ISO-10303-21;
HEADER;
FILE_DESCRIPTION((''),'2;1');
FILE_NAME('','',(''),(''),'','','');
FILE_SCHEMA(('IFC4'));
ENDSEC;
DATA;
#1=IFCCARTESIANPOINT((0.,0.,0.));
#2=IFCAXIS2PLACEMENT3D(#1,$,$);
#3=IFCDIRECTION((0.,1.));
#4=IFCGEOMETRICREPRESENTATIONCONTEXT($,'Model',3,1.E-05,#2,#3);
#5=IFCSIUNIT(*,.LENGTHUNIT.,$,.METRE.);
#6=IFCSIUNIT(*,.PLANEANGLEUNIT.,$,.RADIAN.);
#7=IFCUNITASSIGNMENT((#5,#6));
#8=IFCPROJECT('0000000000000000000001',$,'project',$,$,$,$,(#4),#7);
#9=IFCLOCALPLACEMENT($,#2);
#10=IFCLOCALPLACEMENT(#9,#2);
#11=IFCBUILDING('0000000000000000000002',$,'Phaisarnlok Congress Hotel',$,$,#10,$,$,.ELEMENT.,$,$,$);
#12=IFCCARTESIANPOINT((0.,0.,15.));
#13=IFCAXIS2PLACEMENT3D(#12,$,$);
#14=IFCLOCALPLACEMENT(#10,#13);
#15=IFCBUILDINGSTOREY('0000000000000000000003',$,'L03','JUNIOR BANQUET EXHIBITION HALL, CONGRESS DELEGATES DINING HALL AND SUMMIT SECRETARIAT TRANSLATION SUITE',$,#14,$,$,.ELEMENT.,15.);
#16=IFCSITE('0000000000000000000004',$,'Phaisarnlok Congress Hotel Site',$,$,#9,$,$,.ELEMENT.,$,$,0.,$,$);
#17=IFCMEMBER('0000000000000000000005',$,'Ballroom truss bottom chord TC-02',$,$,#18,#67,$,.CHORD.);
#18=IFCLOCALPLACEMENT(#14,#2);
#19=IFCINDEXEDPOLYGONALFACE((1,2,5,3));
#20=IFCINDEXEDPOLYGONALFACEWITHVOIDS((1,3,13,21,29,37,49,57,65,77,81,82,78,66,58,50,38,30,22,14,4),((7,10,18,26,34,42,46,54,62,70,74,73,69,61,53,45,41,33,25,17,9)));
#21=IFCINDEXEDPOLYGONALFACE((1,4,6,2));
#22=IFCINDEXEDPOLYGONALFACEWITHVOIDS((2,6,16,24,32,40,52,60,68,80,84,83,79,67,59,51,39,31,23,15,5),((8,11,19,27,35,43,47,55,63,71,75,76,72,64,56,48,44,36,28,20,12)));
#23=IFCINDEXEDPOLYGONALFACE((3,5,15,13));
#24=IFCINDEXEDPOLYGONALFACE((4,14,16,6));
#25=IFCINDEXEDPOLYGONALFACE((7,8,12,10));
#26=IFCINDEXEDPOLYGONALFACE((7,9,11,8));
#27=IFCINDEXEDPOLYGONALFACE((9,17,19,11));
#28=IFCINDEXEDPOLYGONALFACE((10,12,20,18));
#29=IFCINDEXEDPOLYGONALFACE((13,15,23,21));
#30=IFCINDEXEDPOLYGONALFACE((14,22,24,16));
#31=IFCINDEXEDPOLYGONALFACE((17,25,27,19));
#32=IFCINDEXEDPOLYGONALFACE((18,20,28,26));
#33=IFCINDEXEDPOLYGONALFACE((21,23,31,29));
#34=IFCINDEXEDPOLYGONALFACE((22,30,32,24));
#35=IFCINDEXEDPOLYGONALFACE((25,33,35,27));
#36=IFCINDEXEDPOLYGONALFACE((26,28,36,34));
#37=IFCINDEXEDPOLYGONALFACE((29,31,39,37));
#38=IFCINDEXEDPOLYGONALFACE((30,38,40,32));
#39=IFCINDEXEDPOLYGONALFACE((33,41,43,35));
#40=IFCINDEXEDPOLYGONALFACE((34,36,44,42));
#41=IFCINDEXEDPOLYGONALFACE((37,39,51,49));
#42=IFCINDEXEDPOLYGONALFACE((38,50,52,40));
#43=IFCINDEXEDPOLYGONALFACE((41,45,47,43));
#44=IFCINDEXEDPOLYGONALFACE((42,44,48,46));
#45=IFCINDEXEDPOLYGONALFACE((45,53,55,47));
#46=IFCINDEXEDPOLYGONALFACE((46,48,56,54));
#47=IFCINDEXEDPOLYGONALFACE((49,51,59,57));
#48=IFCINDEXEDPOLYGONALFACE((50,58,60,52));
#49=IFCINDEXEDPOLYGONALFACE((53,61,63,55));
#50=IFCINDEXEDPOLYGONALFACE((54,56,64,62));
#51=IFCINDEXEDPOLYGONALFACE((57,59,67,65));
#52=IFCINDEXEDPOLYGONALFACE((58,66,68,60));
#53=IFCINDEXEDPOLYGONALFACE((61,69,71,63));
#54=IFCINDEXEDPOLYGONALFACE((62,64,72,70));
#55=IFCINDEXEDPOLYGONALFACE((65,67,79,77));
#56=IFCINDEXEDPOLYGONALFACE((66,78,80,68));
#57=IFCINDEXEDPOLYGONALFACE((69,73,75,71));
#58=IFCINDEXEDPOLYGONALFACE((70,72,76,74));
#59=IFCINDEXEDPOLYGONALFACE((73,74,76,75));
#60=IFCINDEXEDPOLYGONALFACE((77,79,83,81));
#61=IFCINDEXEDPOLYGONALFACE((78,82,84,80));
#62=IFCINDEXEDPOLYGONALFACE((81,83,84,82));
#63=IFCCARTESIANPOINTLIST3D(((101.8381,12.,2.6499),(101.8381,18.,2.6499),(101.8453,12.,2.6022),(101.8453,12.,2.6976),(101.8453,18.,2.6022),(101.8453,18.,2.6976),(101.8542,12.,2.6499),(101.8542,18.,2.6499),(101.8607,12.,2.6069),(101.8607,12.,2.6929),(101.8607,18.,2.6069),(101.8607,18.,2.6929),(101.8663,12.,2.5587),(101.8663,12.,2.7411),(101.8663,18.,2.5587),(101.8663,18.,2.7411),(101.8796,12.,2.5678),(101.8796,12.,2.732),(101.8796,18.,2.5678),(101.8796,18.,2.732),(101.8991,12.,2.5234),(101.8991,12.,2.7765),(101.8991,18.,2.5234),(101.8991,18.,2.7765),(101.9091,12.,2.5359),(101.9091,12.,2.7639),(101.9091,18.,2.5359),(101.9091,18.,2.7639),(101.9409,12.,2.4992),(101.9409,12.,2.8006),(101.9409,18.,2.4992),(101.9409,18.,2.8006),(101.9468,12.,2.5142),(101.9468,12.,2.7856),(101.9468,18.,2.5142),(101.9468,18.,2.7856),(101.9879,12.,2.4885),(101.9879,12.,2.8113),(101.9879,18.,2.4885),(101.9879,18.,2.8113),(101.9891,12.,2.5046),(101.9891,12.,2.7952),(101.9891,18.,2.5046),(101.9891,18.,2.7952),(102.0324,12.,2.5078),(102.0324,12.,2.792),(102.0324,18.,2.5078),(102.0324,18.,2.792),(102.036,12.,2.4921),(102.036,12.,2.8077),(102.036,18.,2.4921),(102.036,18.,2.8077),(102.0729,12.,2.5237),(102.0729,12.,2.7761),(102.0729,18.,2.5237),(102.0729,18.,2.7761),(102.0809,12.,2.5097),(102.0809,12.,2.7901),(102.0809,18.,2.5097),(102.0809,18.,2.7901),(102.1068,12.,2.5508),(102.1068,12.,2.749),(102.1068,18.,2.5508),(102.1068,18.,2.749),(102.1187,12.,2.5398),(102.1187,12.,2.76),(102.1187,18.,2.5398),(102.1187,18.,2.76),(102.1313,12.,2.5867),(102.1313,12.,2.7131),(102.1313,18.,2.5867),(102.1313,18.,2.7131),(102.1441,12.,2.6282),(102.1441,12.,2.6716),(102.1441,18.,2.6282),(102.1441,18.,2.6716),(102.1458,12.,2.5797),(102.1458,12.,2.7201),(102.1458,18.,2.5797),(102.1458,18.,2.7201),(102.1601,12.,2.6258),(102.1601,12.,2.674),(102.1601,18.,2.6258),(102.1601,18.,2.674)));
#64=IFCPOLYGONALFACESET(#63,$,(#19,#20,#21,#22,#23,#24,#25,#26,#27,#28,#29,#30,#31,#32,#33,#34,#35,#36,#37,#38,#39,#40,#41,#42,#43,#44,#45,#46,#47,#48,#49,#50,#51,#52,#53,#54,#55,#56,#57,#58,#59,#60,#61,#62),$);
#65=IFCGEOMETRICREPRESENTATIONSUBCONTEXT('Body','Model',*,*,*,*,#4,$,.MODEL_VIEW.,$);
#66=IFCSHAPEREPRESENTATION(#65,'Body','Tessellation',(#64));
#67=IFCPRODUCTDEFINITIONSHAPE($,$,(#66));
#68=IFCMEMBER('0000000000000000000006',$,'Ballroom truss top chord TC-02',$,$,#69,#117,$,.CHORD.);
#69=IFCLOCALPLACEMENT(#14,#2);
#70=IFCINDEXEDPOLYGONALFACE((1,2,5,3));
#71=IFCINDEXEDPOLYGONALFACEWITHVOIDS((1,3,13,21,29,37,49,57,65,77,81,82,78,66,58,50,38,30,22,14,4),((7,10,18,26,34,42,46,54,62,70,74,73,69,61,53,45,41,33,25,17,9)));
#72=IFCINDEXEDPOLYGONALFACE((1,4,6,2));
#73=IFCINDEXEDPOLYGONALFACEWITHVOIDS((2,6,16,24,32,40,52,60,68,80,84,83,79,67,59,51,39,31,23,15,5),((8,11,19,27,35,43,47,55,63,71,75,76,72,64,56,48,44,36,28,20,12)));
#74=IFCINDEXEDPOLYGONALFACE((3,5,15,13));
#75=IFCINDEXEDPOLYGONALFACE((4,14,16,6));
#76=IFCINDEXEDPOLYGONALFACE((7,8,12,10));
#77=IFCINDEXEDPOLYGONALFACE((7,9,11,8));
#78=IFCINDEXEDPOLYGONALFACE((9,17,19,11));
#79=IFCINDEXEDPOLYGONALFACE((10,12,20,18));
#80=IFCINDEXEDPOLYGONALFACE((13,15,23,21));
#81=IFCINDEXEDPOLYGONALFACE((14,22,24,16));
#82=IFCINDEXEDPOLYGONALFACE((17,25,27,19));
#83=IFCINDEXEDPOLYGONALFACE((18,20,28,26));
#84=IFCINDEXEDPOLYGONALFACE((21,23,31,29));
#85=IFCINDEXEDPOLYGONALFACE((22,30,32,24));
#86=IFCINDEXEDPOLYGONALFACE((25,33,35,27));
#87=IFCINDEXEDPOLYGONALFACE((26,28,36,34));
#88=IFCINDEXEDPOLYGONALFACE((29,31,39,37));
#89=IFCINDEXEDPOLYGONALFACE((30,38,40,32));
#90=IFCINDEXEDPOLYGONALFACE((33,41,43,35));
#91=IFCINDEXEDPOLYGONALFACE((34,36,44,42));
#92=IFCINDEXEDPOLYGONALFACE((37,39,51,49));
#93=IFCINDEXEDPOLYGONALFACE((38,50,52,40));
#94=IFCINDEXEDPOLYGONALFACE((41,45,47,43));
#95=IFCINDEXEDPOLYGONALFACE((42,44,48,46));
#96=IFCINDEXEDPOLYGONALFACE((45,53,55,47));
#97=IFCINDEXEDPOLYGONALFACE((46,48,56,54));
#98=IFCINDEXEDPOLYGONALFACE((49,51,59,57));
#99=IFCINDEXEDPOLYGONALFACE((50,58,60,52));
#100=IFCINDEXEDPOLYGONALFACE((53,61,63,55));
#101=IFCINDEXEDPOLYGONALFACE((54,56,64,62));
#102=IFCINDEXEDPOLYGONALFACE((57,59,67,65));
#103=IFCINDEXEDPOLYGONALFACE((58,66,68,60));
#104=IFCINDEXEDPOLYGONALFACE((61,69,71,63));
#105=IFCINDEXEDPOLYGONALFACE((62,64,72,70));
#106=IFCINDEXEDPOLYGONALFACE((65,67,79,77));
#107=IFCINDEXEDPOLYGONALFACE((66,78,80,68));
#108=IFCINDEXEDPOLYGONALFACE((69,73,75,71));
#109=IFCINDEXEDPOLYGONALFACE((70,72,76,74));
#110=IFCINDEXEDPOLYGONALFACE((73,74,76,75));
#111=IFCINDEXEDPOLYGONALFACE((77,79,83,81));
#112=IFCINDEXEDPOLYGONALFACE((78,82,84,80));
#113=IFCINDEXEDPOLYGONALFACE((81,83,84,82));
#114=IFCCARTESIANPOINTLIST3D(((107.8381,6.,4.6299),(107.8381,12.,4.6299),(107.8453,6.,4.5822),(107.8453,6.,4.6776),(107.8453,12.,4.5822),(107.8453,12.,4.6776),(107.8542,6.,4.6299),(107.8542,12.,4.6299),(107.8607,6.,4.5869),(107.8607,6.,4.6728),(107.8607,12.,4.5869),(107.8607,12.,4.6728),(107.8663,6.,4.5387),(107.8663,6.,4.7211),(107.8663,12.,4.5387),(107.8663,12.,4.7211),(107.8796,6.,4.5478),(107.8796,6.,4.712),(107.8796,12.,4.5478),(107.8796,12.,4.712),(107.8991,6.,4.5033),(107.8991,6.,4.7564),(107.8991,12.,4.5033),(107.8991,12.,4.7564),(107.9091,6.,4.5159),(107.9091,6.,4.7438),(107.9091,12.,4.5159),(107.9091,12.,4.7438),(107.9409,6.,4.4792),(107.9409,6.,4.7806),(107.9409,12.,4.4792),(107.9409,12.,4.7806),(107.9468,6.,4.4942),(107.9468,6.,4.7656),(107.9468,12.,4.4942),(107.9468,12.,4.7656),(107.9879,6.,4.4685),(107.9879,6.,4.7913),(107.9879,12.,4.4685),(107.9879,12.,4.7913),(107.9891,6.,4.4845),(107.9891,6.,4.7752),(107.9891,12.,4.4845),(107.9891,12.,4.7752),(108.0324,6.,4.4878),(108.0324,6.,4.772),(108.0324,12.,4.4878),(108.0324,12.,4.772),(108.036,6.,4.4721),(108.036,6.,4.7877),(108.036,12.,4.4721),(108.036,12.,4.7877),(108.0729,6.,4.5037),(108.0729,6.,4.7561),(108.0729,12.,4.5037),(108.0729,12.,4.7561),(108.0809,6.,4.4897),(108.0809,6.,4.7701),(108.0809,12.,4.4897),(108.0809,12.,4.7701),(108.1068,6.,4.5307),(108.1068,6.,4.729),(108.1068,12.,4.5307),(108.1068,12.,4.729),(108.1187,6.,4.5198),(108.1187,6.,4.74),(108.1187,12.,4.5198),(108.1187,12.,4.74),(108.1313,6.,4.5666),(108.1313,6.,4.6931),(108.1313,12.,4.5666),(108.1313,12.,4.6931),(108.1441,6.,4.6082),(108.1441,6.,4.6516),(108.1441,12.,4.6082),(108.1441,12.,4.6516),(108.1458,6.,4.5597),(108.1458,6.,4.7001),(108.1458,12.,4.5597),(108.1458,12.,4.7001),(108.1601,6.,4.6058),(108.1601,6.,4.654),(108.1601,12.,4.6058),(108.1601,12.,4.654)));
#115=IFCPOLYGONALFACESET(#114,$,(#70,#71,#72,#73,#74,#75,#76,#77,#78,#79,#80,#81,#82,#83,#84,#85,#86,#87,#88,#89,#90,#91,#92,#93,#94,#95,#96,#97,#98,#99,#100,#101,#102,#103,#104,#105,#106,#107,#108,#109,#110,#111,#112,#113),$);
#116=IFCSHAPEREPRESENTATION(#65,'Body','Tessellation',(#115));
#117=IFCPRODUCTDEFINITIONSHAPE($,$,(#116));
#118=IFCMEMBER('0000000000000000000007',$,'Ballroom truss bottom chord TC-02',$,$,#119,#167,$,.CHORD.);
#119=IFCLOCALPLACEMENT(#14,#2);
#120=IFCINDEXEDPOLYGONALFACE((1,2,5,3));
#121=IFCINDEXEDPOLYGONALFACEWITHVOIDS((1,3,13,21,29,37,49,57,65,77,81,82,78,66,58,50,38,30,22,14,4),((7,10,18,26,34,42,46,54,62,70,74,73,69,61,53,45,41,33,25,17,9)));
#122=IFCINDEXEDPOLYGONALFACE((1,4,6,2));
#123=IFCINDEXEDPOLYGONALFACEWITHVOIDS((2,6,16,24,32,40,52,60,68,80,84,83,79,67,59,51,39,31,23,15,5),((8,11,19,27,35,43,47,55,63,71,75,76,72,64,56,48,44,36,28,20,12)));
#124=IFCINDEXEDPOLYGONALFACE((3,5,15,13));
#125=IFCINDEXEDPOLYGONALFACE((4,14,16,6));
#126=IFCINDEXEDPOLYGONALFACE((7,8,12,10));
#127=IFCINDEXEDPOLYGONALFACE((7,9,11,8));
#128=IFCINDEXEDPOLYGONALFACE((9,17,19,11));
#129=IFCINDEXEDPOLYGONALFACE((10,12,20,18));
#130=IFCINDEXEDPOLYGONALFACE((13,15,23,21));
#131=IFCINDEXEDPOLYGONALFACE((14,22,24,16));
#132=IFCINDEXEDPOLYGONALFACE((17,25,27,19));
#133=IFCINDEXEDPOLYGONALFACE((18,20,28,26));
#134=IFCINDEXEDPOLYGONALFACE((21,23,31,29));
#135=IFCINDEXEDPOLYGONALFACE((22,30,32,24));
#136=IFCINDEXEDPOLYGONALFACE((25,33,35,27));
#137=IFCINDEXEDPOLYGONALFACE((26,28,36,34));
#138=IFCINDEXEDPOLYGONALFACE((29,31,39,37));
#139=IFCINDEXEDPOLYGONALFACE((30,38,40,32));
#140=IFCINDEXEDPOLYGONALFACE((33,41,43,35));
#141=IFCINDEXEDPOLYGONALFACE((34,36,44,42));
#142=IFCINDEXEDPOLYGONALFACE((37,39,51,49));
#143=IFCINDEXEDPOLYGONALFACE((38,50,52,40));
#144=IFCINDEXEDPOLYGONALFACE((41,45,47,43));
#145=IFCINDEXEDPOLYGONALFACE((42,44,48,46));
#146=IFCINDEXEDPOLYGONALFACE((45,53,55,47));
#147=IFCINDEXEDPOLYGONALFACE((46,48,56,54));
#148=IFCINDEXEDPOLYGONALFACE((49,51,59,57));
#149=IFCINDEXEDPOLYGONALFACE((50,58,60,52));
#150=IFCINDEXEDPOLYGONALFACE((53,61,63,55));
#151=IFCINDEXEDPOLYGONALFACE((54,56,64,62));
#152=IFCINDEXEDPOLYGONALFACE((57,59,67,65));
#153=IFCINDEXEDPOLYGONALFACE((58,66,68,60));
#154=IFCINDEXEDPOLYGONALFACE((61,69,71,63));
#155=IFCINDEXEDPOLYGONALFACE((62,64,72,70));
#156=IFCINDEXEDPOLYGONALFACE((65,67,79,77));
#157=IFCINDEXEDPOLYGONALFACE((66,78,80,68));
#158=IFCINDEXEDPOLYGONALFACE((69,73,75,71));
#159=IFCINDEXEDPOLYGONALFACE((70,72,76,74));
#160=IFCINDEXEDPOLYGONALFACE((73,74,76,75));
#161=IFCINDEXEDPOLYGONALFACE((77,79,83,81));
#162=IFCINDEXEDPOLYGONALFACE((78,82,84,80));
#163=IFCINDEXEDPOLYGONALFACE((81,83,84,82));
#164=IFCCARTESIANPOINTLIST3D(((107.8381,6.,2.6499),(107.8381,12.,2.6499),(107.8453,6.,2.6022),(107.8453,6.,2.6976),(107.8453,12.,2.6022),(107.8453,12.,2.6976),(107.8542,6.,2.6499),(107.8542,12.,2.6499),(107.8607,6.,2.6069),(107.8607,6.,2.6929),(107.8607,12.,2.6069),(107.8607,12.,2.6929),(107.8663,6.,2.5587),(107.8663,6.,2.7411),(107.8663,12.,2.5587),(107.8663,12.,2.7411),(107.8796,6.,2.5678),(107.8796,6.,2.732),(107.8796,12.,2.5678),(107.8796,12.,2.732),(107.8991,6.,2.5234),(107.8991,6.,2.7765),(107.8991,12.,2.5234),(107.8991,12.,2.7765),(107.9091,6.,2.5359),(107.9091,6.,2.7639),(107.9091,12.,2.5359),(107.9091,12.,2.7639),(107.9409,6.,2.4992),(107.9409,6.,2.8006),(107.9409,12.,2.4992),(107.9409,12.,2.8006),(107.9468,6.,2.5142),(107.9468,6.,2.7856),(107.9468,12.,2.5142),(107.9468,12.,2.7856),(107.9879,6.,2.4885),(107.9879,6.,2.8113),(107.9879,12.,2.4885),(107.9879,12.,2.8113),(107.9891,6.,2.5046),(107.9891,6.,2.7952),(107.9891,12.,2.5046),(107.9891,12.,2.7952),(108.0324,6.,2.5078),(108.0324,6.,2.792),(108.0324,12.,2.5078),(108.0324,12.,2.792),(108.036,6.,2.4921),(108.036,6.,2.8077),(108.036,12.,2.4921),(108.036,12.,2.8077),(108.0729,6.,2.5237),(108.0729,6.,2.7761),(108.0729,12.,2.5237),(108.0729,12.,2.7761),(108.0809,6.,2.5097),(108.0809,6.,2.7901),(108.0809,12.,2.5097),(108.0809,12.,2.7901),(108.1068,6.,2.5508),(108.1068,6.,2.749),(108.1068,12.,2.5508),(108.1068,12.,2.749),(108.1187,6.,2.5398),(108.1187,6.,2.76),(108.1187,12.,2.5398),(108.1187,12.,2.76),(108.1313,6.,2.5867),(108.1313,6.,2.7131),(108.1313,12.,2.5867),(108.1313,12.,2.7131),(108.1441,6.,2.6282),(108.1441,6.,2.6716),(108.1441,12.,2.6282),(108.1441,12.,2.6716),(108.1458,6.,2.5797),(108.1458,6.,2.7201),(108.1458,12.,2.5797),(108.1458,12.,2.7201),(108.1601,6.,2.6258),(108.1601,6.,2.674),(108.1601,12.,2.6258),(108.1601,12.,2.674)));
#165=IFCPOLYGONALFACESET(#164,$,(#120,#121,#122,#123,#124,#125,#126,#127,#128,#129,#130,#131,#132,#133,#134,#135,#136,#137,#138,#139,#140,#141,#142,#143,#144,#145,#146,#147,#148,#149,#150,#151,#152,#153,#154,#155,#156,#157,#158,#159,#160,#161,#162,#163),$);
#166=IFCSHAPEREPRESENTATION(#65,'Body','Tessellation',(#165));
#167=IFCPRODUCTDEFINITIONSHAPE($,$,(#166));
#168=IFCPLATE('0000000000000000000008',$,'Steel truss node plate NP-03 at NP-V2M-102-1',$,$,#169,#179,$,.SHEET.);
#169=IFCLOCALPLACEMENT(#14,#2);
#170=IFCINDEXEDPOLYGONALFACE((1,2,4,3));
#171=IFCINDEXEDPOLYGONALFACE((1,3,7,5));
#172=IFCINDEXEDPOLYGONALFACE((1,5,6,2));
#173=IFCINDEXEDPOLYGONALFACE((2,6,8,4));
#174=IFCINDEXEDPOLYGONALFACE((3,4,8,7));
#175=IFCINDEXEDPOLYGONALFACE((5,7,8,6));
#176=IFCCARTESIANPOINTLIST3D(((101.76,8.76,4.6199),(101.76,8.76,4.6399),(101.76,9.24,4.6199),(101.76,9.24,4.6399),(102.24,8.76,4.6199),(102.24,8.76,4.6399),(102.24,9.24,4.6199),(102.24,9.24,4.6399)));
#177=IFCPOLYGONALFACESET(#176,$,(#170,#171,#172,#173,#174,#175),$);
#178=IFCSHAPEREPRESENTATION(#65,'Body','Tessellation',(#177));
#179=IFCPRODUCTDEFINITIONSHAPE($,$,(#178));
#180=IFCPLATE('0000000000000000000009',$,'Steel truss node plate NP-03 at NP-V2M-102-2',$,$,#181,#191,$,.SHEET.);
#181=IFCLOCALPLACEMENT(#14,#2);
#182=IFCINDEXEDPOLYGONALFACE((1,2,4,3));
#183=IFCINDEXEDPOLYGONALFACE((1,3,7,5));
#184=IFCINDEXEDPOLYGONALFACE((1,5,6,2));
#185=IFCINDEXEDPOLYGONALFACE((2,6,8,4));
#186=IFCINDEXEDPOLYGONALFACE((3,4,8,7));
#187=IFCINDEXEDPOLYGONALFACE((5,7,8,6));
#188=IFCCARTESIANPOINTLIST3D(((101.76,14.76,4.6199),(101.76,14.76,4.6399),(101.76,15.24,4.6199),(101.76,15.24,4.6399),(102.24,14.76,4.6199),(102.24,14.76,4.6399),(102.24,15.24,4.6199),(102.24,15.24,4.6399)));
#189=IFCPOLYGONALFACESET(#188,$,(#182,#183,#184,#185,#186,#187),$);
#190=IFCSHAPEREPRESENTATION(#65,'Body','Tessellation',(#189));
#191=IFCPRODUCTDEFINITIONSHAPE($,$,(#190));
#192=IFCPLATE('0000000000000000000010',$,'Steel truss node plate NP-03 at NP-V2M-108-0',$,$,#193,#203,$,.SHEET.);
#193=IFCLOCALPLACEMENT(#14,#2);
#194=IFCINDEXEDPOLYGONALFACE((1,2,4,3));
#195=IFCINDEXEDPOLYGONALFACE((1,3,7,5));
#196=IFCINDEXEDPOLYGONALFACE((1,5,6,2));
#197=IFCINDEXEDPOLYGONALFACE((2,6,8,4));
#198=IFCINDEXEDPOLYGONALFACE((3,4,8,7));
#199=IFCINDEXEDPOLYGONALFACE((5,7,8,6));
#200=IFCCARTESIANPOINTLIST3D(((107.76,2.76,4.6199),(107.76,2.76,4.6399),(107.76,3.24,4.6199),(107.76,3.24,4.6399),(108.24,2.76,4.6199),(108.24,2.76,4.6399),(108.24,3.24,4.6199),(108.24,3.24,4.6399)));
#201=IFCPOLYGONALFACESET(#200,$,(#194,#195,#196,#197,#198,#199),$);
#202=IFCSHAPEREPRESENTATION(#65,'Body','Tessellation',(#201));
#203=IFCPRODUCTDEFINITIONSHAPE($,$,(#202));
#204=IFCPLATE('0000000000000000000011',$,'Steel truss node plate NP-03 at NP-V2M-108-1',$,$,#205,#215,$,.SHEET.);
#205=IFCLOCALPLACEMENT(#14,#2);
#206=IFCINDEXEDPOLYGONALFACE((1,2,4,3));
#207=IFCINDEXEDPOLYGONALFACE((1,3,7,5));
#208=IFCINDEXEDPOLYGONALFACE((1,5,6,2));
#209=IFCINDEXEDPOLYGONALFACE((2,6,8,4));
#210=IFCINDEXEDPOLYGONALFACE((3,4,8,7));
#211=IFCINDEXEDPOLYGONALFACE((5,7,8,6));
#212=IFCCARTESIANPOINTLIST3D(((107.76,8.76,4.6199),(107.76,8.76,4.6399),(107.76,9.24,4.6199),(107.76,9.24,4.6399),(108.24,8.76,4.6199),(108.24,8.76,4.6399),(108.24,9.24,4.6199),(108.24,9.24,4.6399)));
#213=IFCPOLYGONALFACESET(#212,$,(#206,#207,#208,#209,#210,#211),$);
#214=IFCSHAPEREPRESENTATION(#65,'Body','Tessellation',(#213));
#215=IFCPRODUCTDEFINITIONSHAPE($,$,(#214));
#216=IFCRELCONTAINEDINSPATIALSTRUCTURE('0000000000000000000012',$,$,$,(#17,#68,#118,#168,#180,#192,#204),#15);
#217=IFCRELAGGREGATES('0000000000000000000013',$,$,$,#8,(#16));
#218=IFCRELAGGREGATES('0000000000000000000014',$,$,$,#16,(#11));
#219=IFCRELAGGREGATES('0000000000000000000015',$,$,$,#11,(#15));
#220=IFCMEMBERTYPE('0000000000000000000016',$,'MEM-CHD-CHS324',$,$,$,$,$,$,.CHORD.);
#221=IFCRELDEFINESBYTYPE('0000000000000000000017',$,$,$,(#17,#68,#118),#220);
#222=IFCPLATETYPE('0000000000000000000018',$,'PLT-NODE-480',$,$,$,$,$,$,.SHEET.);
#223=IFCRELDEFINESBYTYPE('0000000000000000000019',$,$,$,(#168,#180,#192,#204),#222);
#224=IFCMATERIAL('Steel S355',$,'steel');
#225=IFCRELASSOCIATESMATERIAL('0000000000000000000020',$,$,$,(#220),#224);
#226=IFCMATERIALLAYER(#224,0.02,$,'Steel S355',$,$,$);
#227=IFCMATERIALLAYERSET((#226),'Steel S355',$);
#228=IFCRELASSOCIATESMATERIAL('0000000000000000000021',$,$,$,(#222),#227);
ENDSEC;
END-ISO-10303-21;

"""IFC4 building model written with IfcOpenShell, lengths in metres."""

from ifc_helpers import new_model, si_unit, direction, frame, origin, origin_2d, place, context, subcontext, project, spatial, rectangle, hollow_circle, extrude, material, layer, layer_set, material_profile, profile_set, type_object, element, save


model = new_model("IFC4")

# Units and contexts
model_context = context("Model", 3, precision=1e-05, world=origin(), true_north=direction((0.0, 1.0)))
body_context = subcontext(model_context, "Body", "Model", "MODEL_VIEW")
ifc_project = project(units=[si_unit("LENGTHUNIT", "METRE"), si_unit("PLANEANGLEUNIT", "RADIAN")], contexts=[model_context])

# Site, building, storey
site_placement = place(None, origin())
site = spatial("IfcSite", under=ifc_project, at=site_placement, Name="Phaisarnlok Congress Hotel Site", CompositionType="ELEMENT", RefElevation=0.0)
building_placement = place(site_placement, origin())
building = spatial("IfcBuilding", under=site, at=building_placement, Name="Phaisarnlok Congress Hotel", CompositionType="ELEMENT")
storey_placement = place(building_placement, frame((0.0, 0.0, 15.0)))
storey = spatial("IfcBuildingStorey", under=building, at=storey_placement, Name="L03", Description="JUNIOR BANQUET EXHIBITION HALL, CONGRESS DELEGATES DINING HALL AND SUMMIT SECRETARIAT TRANSLATION SUITE", CompositionType="ELEMENT", Elevation=15.0)

# Members
ifc_material_1 = material(Name="Steel S355", Category="steel")
ifc_material_profile_1 = material_profile(ifc_material_1, hollow_circle(Radius=0.1619, WallThickness=0.0161, at=origin_2d()), Name="CHS 323.9x16")
ifc_profile_set_1 = profile_set([ifc_material_profile_1], Name="Steel S355")
member_type_1 = type_object("IfcMemberType", Name="MEM-CHD-CHS324", PredefinedType="CHORD", material=ifc_profile_set_1)
for number, where, z_axis, x_axis, name in (
    (1, (102.0, 12.0, 2.6499), (0.0, 1.0, 0.0), (-1.0, 0.0, 0.0), "Ballroom truss bottom chord TC-02"),
    (2, (108.0, 6.0, 4.6299), (0.0, 1.0, 0.0), (-1.0, 0.0, 0.0), "Ballroom truss top chord TC-02"),
    (3, (108.0, 6.0, 2.6499), (0.0, 1.0, 0.0), (-1.0, 0.0, 0.0), "Ballroom truss bottom chord TC-02"),
):
    element("IfcMember", number, at=place(storey_placement, frame(where, z_axis=z_axis, x_axis=x_axis)), inside=storey, type_object=member_type_1, Name=name, PredefinedType="CHORD", context=body_context, shape_type="SweptSolid", body=[
        extrude(hollow_circle(Radius=0.1619, WallThickness=0.0161, at=origin_2d()), origin(), (0.0, 0.0, 1.0), 6.0),
    ])

# Plates
ifc_layer_1 = layer(ifc_material_1, 0.02, Name="Steel S355")
ifc_layer_set_1 = layer_set([ifc_layer_1], Name="Steel S355")
plate_type_1 = type_object("IfcPlateType", Name="PLT-NODE-480", PredefinedType="SHEET", material=ifc_layer_set_1)
for number, where, z_axis, x_axis, name in (
    (4, (102.0, 9.0, 4.6199), (0.0, 0.0, 1.0), (1.0, 0.0, 0.0), "Steel truss node plate NP-03 at NP-V2M-102-1"),
    (5, (102.0, 15.0, 4.6199), (0.0, 0.0, 1.0), (1.0, 0.0, 0.0), "Steel truss node plate NP-03 at NP-V2M-102-2"),
    (6, (108.0, 3.0, 4.6199), (0.0, 0.0, 1.0), (1.0, 0.0, 0.0), "Steel truss node plate NP-03 at NP-V2M-108-0"),
    (7, (108.0, 9.0, 4.6199), (0.0, 0.0, 1.0), (1.0, 0.0, 0.0), "Steel truss node plate NP-03 at NP-V2M-108-1"),
):
    element("IfcPlate", number, at=place(storey_placement, frame(where, z_axis=z_axis, x_axis=x_axis)), inside=storey, type_object=plate_type_1, Name=name, PredefinedType="SHEET", context=body_context, shape_type="SweptSolid", body=[
        extrude(rectangle(XDim=0.48, YDim=0.48, at=origin_2d()), origin(), (0.0, 0.0, 1.0), 0.02),
    ])

save(model, "model.ifc")
